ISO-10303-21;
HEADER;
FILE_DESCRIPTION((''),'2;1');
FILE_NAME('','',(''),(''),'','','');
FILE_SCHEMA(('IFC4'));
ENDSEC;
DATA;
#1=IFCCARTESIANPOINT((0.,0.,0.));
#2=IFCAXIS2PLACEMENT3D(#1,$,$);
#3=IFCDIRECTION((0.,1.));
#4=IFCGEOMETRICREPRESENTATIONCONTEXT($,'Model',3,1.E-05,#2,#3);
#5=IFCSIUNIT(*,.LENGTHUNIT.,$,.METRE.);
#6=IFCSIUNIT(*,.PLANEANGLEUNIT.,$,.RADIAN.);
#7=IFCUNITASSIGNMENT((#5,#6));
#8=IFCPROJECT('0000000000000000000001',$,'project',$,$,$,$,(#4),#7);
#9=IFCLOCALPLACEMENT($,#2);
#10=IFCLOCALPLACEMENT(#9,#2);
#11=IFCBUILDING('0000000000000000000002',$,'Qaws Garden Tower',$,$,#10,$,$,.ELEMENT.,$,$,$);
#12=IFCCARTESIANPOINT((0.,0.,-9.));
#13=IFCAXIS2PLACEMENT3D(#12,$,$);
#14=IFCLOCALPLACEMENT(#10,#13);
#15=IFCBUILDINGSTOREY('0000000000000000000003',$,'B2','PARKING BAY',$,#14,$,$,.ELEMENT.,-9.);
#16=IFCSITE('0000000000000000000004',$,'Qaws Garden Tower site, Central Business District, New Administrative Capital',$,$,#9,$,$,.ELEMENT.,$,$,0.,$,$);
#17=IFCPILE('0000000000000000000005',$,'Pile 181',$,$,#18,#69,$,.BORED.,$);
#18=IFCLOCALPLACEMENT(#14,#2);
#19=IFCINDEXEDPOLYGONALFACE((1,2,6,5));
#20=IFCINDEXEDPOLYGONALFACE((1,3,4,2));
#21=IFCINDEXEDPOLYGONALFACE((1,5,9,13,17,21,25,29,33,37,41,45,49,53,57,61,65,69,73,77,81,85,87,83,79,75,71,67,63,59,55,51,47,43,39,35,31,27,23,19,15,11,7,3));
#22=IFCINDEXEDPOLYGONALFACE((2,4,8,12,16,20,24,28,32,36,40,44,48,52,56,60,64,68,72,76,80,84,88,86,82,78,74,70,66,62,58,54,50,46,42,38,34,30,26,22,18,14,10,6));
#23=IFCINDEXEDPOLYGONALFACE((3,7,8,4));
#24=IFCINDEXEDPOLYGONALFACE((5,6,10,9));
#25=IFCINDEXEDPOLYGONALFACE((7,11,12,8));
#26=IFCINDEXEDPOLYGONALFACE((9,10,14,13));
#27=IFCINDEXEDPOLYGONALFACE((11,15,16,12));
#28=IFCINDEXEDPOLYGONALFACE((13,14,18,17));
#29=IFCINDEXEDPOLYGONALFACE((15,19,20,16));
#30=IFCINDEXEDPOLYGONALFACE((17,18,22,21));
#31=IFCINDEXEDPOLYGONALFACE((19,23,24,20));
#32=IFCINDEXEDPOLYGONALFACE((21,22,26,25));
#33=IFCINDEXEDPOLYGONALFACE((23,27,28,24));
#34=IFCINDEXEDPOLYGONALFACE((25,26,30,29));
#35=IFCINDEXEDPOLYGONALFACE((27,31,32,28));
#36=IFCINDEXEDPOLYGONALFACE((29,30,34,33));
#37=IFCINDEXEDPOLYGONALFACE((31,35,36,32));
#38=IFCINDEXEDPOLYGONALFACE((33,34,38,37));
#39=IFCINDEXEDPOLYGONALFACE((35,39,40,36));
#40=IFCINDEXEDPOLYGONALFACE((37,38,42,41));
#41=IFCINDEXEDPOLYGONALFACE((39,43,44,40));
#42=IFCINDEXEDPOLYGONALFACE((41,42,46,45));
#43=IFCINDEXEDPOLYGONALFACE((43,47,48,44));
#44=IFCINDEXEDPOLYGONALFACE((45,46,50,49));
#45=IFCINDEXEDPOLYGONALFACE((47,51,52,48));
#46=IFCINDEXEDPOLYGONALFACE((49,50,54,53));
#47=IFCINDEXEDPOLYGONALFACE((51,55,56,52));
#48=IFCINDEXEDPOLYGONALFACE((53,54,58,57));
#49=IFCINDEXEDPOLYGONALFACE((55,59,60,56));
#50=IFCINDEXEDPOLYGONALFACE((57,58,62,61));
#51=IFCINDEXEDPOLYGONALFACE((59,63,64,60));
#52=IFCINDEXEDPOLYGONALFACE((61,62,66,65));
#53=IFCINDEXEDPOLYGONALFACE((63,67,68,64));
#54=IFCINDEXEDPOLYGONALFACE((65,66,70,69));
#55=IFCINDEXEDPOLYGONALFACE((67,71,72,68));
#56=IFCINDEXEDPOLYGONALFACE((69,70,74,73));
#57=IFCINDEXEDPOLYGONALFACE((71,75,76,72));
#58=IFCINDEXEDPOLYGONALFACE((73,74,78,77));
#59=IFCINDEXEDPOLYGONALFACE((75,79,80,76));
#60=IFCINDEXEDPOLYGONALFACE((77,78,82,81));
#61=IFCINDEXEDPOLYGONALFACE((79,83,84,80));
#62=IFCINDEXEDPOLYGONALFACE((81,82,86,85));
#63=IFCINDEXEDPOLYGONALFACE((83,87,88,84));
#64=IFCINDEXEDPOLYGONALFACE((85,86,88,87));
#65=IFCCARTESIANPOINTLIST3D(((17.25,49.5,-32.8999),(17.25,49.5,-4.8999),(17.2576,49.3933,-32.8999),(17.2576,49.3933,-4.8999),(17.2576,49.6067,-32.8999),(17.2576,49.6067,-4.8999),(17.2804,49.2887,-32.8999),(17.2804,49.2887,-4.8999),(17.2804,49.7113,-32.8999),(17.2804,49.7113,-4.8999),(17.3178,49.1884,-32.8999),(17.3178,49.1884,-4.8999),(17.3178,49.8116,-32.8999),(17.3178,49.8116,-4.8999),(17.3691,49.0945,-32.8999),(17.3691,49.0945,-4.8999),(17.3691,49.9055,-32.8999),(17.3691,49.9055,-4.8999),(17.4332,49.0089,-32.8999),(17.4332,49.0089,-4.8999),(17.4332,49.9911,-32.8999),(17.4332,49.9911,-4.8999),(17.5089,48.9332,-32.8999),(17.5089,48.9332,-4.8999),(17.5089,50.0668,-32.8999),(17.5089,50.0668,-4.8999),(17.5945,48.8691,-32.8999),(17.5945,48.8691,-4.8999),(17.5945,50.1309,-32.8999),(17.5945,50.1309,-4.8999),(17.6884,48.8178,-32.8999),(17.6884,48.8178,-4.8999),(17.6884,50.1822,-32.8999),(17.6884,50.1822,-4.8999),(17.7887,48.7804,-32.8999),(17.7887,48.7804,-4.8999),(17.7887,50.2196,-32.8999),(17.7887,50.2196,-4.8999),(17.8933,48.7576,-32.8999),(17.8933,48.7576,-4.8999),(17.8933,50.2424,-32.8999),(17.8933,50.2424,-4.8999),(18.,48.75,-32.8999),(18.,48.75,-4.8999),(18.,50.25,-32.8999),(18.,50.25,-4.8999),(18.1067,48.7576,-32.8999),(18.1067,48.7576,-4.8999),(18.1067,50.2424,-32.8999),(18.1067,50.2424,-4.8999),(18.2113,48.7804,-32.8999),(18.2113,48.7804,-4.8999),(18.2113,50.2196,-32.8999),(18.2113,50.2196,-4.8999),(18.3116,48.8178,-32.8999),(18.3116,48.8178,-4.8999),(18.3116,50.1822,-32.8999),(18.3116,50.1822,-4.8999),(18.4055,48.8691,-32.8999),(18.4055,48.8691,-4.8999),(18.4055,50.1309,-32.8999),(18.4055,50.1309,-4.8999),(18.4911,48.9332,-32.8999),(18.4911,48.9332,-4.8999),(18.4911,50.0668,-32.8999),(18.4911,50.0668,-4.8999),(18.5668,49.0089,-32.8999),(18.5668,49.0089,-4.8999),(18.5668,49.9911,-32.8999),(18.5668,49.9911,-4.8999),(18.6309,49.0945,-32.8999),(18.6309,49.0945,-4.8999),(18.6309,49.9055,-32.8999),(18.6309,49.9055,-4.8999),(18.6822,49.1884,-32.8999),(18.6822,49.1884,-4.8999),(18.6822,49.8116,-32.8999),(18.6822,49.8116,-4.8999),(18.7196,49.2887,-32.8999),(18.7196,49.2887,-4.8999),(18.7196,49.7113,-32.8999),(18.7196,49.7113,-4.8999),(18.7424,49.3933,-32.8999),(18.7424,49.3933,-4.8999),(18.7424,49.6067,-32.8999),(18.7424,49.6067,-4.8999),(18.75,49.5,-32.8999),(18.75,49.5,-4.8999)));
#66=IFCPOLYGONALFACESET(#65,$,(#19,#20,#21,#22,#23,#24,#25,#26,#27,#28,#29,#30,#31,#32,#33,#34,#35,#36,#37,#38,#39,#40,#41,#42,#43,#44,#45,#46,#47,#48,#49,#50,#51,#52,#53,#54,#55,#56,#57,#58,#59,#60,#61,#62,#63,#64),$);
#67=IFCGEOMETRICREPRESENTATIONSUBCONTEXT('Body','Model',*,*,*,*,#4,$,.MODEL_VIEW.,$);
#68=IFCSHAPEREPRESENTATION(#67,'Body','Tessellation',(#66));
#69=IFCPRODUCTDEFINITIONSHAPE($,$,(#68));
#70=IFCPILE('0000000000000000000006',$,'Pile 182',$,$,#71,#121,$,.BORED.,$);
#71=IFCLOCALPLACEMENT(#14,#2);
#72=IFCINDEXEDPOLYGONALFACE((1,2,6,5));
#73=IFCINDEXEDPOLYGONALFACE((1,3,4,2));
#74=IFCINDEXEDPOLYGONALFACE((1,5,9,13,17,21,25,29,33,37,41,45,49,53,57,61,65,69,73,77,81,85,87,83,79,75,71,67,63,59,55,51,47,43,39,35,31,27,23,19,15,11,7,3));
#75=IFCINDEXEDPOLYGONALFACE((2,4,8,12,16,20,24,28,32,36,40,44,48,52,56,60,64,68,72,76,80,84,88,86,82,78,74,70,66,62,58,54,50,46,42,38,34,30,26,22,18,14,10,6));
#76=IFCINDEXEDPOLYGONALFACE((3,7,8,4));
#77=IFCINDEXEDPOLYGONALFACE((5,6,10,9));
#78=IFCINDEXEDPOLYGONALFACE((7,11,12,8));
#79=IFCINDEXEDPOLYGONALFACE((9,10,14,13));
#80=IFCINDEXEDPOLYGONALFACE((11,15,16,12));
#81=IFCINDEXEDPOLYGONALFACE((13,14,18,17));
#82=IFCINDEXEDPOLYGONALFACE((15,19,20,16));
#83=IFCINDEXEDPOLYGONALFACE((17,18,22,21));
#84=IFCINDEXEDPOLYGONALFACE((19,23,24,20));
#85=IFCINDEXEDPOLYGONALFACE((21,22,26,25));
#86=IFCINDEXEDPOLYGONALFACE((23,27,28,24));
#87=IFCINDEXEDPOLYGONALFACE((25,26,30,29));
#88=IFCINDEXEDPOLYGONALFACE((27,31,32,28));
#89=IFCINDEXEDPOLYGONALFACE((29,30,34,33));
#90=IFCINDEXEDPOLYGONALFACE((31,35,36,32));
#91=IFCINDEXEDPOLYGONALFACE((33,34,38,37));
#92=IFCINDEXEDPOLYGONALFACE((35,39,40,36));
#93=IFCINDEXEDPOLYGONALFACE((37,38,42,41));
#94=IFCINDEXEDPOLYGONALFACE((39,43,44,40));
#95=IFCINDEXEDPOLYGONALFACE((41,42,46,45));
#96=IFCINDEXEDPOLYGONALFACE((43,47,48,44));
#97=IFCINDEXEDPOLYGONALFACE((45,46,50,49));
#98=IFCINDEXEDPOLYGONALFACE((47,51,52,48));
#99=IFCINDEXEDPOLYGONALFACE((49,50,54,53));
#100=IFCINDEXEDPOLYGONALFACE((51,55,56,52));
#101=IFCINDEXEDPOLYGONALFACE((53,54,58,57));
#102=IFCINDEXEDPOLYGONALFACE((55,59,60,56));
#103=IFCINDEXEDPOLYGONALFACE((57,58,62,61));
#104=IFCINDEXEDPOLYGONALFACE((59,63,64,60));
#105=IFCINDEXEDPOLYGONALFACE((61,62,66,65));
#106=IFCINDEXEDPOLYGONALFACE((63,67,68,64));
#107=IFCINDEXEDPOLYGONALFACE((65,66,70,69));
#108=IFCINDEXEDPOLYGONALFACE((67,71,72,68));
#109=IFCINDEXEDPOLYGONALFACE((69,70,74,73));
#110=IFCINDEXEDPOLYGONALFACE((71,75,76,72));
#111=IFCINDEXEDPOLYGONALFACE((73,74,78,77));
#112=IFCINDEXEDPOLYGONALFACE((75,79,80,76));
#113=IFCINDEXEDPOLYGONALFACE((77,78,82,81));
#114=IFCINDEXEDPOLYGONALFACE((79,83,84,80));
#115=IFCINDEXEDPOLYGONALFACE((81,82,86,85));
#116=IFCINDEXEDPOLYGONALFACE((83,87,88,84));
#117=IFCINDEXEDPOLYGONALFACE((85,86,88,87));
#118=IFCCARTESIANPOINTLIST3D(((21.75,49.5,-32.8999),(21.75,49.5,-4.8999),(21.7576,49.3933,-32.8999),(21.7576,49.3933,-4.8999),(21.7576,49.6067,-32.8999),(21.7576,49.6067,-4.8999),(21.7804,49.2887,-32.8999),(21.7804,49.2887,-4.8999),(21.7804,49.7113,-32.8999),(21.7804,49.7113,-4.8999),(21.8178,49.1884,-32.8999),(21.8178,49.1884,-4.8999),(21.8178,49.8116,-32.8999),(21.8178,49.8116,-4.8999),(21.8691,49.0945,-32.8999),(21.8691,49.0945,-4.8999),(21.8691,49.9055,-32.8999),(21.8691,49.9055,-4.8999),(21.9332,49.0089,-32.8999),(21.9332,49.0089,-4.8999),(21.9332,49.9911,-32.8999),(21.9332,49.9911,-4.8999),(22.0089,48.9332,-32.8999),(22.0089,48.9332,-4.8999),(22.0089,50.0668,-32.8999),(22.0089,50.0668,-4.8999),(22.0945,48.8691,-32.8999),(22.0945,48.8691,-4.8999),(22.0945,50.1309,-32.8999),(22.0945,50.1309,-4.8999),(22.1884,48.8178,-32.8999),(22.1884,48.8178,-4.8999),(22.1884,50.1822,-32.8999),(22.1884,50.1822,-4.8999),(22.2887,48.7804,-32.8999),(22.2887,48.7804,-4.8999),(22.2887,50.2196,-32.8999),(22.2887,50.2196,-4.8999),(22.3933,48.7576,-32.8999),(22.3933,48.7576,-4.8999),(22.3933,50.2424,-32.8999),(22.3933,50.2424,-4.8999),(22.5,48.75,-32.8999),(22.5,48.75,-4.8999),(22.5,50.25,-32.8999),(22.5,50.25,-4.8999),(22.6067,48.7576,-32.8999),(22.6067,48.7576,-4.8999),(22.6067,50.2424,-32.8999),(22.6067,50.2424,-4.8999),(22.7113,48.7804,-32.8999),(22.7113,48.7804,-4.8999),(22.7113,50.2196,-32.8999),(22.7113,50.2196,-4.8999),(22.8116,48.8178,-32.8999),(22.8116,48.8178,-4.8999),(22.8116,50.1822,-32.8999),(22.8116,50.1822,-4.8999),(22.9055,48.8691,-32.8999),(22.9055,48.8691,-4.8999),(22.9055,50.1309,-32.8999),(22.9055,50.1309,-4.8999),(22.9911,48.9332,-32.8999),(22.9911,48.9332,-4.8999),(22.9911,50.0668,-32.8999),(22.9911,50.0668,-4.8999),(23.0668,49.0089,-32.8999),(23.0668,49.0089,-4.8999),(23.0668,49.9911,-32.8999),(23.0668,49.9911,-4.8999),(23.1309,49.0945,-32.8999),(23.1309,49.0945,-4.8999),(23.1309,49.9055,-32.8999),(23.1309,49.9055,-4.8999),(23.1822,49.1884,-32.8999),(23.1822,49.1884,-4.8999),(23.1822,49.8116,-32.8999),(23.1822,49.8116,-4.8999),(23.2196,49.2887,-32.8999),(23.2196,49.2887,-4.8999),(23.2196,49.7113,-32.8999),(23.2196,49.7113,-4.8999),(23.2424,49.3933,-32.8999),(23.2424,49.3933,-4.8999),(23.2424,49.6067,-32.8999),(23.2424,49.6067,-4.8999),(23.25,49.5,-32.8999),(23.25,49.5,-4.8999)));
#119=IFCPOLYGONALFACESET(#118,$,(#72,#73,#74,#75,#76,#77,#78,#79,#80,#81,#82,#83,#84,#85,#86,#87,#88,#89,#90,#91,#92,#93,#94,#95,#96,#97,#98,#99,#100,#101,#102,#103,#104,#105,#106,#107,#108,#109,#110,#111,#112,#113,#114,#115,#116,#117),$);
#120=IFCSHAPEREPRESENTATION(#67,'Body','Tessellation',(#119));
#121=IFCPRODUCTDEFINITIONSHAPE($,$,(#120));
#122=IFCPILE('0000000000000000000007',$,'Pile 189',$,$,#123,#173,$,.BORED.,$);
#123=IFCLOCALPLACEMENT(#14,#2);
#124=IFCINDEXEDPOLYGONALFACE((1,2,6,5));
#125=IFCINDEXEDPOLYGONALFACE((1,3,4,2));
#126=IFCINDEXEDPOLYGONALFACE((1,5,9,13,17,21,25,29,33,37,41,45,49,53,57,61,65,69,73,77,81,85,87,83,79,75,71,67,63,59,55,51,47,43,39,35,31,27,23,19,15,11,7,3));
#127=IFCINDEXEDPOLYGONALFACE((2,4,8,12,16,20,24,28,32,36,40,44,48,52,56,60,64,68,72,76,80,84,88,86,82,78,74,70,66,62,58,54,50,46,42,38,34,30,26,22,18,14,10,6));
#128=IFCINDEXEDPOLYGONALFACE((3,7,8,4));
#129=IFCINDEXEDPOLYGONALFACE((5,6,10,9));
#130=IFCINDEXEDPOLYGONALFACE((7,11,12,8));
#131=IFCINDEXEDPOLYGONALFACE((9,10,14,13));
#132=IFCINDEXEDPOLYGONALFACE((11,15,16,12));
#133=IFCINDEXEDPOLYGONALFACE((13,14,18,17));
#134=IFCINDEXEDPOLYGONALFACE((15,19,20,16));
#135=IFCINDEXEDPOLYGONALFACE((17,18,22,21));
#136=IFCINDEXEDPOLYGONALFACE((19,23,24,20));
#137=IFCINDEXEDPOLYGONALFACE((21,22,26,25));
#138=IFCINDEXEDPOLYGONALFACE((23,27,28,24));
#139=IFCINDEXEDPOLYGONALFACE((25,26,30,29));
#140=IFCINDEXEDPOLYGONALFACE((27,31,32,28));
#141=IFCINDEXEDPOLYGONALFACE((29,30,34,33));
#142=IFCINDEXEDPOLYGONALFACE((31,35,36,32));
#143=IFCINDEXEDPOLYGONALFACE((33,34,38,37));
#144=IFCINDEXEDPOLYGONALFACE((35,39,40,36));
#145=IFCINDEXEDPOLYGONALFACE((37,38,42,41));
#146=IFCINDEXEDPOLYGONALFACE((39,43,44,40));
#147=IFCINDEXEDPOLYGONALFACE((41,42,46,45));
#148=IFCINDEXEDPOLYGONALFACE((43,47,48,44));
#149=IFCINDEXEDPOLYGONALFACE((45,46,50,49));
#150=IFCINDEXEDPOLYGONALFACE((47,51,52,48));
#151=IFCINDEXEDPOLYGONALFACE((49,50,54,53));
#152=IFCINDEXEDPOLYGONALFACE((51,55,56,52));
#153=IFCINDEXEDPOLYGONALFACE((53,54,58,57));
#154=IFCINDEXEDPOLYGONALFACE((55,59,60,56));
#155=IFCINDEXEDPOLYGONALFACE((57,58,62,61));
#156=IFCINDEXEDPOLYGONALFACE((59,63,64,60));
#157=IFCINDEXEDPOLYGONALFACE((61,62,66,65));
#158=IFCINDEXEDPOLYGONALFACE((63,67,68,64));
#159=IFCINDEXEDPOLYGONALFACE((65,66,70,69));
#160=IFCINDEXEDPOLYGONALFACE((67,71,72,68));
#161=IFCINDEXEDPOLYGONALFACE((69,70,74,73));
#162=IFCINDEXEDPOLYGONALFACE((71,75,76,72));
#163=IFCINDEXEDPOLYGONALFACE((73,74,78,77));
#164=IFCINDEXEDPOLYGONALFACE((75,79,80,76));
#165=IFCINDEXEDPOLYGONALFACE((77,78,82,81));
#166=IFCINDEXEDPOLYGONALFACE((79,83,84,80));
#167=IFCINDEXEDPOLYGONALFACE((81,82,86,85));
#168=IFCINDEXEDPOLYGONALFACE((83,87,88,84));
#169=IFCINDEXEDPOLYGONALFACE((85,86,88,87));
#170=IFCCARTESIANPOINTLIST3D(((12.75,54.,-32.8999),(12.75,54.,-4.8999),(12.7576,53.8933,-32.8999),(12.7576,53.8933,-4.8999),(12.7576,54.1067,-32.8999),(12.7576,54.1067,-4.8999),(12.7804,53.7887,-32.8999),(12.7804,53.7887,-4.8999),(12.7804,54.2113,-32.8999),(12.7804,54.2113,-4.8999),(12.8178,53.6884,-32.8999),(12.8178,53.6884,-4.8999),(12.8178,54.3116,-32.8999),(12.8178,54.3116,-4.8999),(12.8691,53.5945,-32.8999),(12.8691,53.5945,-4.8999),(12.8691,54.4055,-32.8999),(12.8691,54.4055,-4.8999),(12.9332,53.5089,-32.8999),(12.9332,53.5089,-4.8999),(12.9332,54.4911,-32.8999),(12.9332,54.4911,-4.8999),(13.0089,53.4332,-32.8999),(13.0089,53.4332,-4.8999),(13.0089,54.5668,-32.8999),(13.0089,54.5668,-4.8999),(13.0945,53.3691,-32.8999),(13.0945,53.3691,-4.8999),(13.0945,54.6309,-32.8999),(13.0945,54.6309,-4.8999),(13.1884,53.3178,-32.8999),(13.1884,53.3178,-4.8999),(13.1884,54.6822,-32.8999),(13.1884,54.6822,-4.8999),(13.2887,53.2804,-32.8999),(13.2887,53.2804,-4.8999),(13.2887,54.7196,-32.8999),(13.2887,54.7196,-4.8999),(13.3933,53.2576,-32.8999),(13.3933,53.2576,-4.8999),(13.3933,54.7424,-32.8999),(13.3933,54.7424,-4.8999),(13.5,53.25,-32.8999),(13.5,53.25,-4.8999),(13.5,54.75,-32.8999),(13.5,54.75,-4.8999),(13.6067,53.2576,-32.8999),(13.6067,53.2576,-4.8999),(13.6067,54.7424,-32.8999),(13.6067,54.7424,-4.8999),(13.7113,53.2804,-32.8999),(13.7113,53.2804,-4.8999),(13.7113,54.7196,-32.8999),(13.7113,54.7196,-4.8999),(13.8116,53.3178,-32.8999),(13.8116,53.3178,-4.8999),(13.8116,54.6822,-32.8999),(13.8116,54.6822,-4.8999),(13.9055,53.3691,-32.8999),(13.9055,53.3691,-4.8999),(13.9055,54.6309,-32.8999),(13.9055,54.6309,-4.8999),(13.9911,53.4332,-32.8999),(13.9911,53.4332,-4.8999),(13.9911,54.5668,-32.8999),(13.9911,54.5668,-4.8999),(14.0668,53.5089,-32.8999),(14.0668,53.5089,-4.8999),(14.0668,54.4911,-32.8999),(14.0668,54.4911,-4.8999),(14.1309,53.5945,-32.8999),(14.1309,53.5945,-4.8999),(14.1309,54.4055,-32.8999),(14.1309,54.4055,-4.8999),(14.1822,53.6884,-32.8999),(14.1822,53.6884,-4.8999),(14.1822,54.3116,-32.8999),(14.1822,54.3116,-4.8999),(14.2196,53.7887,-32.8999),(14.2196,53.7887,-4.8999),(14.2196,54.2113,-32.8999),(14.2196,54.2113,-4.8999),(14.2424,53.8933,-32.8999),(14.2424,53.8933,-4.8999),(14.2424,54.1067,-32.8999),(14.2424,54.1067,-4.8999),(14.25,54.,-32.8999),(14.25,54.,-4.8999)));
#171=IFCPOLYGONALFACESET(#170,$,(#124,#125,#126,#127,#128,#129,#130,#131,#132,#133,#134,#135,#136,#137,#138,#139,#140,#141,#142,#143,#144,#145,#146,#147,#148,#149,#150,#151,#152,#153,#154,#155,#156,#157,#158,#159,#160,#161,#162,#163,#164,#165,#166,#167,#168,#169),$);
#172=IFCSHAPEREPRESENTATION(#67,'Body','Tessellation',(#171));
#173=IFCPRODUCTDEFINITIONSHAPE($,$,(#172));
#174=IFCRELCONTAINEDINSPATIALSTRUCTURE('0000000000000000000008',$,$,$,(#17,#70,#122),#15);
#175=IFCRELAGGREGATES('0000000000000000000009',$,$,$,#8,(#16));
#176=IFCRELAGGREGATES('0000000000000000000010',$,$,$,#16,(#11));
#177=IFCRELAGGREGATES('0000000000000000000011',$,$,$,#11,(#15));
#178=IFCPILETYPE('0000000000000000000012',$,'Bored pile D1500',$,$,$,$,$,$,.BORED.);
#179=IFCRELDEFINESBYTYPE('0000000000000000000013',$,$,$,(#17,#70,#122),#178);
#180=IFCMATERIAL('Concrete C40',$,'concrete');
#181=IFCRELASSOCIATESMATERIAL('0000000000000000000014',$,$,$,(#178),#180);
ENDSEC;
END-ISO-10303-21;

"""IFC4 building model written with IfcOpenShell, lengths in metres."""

from ifc_helpers import new_model, si_unit, direction, frame, origin, origin_2d, place, context, subcontext, project, spatial, circle, extrude, material, material_profile, profile_set, type_object, element, save


model = new_model("IFC4")

# Units and contexts
model_context = context("Model", 3, precision=1e-05, world=origin(), true_north=direction((0.0, 1.0)))
body_context = subcontext(model_context, "Body", "Model", "MODEL_VIEW")
ifc_project = project(units=[si_unit("LENGTHUNIT", "METRE"), si_unit("PLANEANGLEUNIT", "RADIAN")], contexts=[model_context])

# Site, building, storey
site_placement = place(None, origin())
site = spatial("IfcSite", under=ifc_project, at=site_placement, Name="Qaws Garden Tower site, Central Business District, New Administrative Capital", CompositionType="ELEMENT", RefElevation=0.0)
building_placement = place(site_placement, origin())
building = spatial("IfcBuilding", under=site, at=building_placement, Name="Qaws Garden Tower", CompositionType="ELEMENT")
storey_placement = place(building_placement, frame((0.0, 0.0, -9.0)))
storey = spatial("IfcBuildingStorey", under=building, at=storey_placement, Name="B2", Description="PARKING BAY", CompositionType="ELEMENT", Elevation=-9.0)

# Piles
ifc_material_1 = material(Name="Concrete C40", Category="concrete")
ifc_material_profile_1 = material_profile(ifc_material_1, circle(Radius=0.75, at=origin_2d()), Name="Bored pile D1500")
ifc_profile_set_1 = profile_set([ifc_material_profile_1], Name="Concrete C40")
pile_type = type_object("IfcPileType", Name="Bored pile D1500", PredefinedType="BORED", material=ifc_profile_set_1)
for number, where, z_axis, x_axis, name in (
    (1, (18.0, 49.5, -4.8999), (0.0, 0.0, -1.0), (1.0, 0.0, 0.0), "Pile 181"),
    (2, (22.5, 49.5, -4.8999), (0.0, 0.0, -1.0), (1.0, 0.0, 0.0), "Pile 182"),
    (3, (13.5, 54.0, -4.8999), (0.0, 0.0, -1.0), (1.0, 0.0, 0.0), "Pile 189"),
):
    element("IfcPile", number, at=place(storey_placement, frame(where, z_axis=z_axis, x_axis=x_axis)), inside=storey, type_object=pile_type, Name=name, PredefinedType="BORED", context=body_context, shape_type="SweptSolid", body=[
        extrude(circle(Radius=0.75, at=origin_2d()), origin(), (0.0, 0.0, 1.0), 28.0),
    ])

save(model, "model.ifc")
